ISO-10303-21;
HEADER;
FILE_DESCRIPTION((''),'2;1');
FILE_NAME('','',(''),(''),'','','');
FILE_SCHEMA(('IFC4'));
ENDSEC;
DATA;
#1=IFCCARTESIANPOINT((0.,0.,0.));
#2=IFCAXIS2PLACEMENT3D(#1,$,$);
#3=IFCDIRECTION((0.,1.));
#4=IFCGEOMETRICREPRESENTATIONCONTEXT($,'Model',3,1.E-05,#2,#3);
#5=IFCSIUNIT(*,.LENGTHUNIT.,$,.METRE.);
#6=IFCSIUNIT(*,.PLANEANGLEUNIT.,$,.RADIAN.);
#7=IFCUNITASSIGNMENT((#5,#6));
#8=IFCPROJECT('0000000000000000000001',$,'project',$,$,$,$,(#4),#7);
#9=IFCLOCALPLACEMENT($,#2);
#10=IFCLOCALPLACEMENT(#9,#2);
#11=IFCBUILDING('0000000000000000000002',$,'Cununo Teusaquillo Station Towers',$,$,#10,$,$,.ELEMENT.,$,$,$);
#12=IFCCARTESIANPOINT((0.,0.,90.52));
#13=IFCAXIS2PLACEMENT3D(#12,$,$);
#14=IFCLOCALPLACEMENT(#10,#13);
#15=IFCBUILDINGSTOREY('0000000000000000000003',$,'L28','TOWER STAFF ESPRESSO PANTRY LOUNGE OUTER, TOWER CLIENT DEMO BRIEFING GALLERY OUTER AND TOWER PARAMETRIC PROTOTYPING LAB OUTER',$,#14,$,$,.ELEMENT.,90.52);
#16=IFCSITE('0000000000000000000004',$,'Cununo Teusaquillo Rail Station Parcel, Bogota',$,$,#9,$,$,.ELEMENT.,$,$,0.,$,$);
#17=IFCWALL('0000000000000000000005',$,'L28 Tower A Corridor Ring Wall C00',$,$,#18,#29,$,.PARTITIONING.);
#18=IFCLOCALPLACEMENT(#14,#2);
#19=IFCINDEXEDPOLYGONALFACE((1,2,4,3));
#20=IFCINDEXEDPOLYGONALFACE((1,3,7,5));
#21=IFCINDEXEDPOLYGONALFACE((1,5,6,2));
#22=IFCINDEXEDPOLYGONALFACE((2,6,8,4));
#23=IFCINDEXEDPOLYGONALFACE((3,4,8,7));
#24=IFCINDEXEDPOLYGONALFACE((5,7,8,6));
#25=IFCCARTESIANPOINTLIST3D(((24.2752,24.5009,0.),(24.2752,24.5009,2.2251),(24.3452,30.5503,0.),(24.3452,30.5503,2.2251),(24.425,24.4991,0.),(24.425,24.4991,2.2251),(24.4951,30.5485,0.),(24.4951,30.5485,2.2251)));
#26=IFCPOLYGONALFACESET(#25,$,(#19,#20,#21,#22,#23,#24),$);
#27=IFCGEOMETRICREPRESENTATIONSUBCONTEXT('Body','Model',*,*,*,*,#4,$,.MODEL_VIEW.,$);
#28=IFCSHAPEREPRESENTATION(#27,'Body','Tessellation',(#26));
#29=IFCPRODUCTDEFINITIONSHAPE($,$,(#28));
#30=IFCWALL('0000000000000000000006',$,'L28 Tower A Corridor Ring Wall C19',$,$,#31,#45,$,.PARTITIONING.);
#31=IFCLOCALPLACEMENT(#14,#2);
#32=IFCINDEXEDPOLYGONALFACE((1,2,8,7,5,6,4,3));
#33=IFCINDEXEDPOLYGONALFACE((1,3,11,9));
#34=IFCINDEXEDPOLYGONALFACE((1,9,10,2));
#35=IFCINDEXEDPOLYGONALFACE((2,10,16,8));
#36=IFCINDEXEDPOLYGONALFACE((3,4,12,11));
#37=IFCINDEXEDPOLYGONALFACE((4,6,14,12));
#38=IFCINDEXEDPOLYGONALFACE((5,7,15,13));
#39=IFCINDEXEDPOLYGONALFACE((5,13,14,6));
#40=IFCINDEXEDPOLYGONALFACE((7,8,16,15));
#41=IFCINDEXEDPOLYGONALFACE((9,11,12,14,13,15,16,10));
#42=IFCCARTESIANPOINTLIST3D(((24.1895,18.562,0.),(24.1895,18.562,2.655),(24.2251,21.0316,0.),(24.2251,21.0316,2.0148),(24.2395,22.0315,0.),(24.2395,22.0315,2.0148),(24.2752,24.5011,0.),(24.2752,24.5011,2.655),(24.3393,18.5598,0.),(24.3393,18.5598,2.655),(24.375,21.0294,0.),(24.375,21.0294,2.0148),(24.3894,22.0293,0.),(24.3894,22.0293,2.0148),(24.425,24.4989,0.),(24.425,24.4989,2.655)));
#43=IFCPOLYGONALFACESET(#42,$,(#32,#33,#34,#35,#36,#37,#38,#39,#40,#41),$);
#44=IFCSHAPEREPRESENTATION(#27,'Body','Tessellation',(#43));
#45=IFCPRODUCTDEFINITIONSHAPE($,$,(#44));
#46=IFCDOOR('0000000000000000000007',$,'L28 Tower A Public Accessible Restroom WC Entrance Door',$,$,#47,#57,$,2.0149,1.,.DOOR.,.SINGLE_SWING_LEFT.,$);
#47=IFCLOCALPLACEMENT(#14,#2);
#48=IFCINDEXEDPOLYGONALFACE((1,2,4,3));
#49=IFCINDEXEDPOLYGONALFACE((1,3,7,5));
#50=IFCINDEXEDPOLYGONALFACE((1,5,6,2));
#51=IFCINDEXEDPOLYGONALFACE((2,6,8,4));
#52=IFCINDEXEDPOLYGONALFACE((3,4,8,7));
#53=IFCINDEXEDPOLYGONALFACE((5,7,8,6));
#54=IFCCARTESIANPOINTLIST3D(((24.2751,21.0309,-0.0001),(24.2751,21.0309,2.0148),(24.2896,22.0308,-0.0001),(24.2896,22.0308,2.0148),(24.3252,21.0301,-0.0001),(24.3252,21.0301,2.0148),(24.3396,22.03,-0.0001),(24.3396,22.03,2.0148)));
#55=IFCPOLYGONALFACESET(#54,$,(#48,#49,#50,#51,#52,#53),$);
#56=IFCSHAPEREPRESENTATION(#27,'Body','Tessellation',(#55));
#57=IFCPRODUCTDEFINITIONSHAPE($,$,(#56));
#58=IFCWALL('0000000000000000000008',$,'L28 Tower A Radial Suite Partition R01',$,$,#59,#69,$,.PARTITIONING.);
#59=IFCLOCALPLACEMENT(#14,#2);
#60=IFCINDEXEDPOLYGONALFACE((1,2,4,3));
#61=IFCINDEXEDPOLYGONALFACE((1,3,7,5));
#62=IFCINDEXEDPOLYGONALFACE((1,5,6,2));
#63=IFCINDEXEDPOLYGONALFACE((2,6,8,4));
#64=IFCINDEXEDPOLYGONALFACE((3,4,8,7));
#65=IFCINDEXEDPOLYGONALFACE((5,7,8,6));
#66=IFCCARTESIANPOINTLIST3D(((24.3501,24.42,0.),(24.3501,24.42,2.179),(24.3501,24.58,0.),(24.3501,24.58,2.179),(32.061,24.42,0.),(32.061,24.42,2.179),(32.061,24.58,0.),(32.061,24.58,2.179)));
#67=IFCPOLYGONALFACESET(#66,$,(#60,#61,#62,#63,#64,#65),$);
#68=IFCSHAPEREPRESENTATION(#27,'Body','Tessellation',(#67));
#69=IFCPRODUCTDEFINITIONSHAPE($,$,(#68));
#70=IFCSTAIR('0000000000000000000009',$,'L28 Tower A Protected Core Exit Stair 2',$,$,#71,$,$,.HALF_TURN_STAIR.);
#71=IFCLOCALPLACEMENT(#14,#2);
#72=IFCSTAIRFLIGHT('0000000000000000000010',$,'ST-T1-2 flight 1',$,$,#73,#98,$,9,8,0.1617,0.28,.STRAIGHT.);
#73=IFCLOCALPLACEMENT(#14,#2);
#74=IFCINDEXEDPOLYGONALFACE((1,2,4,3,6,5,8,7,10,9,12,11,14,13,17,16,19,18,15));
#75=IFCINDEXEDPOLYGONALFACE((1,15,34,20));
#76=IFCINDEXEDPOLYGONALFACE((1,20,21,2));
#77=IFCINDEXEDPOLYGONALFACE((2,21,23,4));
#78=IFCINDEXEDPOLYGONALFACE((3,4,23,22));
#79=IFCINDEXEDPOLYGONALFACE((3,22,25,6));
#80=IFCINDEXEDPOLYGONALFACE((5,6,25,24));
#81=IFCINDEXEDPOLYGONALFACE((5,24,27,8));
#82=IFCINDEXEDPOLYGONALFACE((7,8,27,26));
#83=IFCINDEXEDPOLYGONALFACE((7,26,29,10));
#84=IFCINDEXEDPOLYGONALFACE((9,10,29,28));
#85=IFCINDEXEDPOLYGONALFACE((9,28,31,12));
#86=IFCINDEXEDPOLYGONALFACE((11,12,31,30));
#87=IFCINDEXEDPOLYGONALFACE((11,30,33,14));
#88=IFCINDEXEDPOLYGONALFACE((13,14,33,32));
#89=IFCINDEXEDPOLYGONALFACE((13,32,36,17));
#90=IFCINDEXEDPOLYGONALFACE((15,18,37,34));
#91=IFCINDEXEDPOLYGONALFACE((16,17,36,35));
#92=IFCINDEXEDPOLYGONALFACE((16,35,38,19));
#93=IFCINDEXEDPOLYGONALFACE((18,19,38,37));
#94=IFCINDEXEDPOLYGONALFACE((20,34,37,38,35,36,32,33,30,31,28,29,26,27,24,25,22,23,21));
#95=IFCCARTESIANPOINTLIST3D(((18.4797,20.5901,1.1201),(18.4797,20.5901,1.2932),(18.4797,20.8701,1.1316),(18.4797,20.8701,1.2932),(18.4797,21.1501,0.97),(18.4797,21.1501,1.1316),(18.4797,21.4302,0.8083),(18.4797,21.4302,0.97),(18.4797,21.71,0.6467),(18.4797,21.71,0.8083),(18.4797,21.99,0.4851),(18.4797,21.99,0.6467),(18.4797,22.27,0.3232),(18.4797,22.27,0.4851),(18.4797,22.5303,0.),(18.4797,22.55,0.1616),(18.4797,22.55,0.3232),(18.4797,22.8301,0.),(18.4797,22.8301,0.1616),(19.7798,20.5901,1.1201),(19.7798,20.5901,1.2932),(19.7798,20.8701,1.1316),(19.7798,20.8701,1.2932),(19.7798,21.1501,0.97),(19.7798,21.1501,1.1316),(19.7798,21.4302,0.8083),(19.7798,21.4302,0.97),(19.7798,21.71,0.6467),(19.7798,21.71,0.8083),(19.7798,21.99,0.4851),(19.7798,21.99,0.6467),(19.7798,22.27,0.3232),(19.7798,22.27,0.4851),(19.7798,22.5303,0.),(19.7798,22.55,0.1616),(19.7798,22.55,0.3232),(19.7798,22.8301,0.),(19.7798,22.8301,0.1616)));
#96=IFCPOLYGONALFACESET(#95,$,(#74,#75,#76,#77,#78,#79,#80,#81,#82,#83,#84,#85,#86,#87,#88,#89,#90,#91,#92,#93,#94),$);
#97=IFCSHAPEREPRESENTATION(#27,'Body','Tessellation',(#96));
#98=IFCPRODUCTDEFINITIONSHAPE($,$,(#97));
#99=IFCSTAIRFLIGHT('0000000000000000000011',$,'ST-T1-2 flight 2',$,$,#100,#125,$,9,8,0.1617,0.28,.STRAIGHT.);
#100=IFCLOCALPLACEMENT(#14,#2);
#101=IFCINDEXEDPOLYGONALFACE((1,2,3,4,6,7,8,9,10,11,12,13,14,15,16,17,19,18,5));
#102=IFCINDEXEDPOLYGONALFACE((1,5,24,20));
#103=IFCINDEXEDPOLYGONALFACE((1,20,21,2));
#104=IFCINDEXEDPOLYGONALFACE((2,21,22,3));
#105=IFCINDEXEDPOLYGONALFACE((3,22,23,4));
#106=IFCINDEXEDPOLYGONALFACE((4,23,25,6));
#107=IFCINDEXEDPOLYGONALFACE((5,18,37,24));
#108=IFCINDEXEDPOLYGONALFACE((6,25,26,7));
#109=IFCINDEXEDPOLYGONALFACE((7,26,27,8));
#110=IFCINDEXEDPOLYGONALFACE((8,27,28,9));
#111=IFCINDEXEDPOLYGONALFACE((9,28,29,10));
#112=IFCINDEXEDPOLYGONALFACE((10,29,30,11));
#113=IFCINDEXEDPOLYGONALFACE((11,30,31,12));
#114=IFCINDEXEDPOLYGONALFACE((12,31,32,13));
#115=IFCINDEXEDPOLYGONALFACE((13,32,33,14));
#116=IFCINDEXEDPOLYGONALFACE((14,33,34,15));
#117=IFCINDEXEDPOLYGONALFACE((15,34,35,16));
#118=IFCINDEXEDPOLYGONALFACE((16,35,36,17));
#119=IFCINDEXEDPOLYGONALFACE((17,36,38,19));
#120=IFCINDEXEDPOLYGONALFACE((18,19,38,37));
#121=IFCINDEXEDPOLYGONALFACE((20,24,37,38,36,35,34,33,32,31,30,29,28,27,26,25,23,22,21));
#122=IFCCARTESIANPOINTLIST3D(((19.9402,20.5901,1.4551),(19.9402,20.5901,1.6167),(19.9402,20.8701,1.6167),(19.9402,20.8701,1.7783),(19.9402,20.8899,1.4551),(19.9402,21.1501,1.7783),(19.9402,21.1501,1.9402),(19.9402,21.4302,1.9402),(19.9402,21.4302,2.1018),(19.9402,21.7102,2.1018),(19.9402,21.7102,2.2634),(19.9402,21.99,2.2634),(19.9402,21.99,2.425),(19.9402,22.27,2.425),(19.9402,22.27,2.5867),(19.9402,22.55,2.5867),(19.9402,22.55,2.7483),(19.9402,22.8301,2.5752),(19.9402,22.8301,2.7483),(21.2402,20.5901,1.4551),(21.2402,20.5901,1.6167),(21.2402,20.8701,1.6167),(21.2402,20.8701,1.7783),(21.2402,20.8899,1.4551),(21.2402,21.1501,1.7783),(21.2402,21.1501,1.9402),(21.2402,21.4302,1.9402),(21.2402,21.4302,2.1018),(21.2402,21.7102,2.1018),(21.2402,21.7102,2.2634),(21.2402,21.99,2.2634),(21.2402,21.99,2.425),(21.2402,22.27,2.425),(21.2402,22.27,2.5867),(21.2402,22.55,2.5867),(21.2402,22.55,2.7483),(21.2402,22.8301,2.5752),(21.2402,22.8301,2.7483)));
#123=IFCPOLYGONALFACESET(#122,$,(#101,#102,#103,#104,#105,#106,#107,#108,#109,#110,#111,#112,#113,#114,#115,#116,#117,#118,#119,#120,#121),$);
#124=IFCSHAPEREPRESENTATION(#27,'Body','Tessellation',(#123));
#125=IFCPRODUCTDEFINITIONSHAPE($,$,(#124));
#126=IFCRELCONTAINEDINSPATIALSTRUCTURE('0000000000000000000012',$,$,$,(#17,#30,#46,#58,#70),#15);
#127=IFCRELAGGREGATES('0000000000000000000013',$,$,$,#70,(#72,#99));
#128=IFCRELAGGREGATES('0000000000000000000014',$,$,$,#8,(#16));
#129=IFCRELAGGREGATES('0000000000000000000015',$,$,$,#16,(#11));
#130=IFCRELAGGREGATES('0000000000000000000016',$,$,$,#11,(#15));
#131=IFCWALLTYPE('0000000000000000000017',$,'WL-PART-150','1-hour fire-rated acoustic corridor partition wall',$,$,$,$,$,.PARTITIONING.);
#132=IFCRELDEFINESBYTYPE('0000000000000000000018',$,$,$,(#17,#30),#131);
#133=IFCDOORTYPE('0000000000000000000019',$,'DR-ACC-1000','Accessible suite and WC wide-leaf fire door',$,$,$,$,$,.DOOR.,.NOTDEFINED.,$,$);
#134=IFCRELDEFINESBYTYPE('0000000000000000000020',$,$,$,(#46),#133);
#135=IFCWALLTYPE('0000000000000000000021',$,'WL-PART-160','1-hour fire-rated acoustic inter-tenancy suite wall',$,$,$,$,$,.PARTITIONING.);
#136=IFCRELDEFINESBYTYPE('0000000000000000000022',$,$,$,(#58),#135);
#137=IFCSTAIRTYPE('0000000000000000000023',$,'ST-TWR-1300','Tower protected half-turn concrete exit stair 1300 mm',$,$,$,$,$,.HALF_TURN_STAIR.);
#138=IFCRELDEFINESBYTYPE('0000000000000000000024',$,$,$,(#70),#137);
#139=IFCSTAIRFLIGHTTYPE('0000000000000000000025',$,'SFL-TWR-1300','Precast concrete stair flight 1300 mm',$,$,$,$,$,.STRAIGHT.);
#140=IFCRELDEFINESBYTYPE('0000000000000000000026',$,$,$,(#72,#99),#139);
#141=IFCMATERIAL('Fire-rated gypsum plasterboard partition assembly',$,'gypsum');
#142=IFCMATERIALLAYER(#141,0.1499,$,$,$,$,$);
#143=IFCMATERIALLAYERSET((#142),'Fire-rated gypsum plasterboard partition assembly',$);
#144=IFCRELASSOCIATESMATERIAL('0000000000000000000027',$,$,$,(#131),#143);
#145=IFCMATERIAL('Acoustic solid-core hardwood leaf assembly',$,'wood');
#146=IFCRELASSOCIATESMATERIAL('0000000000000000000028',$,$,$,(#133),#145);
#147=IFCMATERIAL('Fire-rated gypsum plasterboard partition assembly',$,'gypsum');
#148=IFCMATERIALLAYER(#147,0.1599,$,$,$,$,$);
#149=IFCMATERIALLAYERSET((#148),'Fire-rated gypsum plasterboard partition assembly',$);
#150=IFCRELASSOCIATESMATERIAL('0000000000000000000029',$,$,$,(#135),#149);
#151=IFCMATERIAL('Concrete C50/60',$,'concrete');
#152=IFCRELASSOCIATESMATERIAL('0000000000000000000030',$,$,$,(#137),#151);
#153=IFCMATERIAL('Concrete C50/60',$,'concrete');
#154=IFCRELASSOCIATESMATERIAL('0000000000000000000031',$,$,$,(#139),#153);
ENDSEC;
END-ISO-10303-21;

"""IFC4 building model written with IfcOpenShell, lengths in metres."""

from ifc_helpers import new_model, si_unit, direction, frame, frame_2d, origin, place, context, subcontext, project, spatial, polyline, rectangle, outline, extrude, source, transform, mapped, material, layer, layer_set, type_object, element, fill, aggregate, save


model = new_model("IFC4")

# Units and contexts
model_context = context("Model", 3, precision=1e-05, world=origin(), true_north=direction((0.0, 1.0)))
body_context = subcontext(model_context, "Body", "Model", "MODEL_VIEW")
ifc_project = project(units=[si_unit("LENGTHUNIT", "METRE"), si_unit("PLANEANGLEUNIT", "RADIAN")], contexts=[model_context])

# Site, building, storey
site_placement = place(None, origin())
site = spatial("IfcSite", under=ifc_project, at=site_placement, Name="Cununo Teusaquillo Rail Station Parcel, Bogota", CompositionType="ELEMENT", RefElevation=0.0)
building_placement = place(site_placement, origin())
building = spatial("IfcBuilding", under=site, at=building_placement, Name="Cununo Teusaquillo Station Towers", CompositionType="ELEMENT")
storey_placement = place(building_placement, frame((0.0, 0.0, 90.52)))
storey = spatial("IfcBuildingStorey", under=building, at=storey_placement, Name="L28", Description="TOWER STAFF ESPRESSO PANTRY LOUNGE OUTER, TOWER CLIENT DEMO BRIEFING GALLERY OUTER AND TOWER PARAMETRIC PROTOTYPING LAB OUTER", CompositionType="ELEMENT", Elevation=90.52)

# Wall
ifc_material_1 = material(Name="Fire-rated gypsum plasterboard partition assembly", Category="gypsum")
ifc_layer_1 = layer(ifc_material_1, 0.1499)
ifc_layer_set_1 = layer_set([ifc_layer_1], Name="Fire-rated gypsum plasterboard partition assembly")
wall_type_1 = type_object("IfcWallType", Name="WL-PART-150", Description="1-hour fire-rated acoustic corridor partition wall", PredefinedType="PARTITIONING", material=ifc_layer_set_1)
wall_1_placement = place(storey_placement, frame((24.3501, 24.5, 0.0), z_axis=(0.0, 0.0, 1.0), x_axis=(0.011582, 0.999933, 0.0)))
element("IfcWall", 1, at=wall_1_placement, inside=storey, type_object=wall_type_1, Name="L28 Tower A Corridor Ring Wall C00", PredefinedType="PARTITIONING", context=body_context, shape_type="SweptSolid", body=[
    extrude(rectangle(XDim=6.0498, YDim=0.1499, at=frame_2d((3.0249, 0.0))), origin(), (0.0, 0.0, 1.0), 2.2251),
])

# Wall, opening, door
wall_2_placement = place(storey_placement, frame((24.2644, 18.561, 0.0), z_axis=(0.0, 0.0, 1.0), x_axis=(0.014428, 0.999896, 0.0)))
wall_2 = element("IfcWall", 2, at=wall_2_placement, inside=storey, type_object=wall_type_1, Name="L28 Tower A Corridor Ring Wall C19", PredefinedType="PARTITIONING", context=body_context, shape_type="SweptSolid", body=[
    extrude(rectangle(XDim=5.9397, YDim=0.1499, at=frame_2d((2.9697, 0.0))), origin(), (0.0, 0.0, 1.0), 2.655),
])
shared_shape_1 = source(origin(), body_context, "Body", "SweptSolid", [
    extrude(rectangle(XDim=1.0, YDim=2.0149, at=frame_2d((0.5, 1.0073))), frame((0.0, 0.085, 0.0), z_axis=(0.0, -1.0, 0.0), x_axis=(1.0, 0.0, 0.0)), (0.0, 0.0, 1.0), 0.1699),
])
opening_1_placement = place(wall_2_placement, frame((2.4697, 0.0, 0.0)))
opening_1 = element("IfcOpeningElement", 3, at=opening_1_placement, cuts=wall_2, PredefinedType="OPENING", context=body_context, shape_type="MappedRepresentation", body=[
    mapped(shared_shape_1, transform((0.0, 0.0, 0.0), x_axis=(1.0, 0.0, 0.0), y_axis=(0.0, 1.0, 0.0), z_axis=(0.0, 0.0, 1.0), scale=1.0)),
])
ifc_material_2 = material(Name="Acoustic solid-core hardwood leaf assembly", Category="wood")
door_type_1 = type_object("IfcDoorType", Name="DR-ACC-1000", Description="Accessible suite and WC wide-leaf fire door", OperationType="NOTDEFINED", PredefinedType="DOOR", material=ifc_material_2)
shared_shape_2 = source(origin(), body_context, "Body", "SweptSolid", [
    extrude(rectangle(XDim=1.0, YDim=2.0149, at=frame_2d((0.5, 1.0073))), frame((0.0, 0.0249, 0.0), z_axis=(0.0, -1.0, 0.0), x_axis=(1.0, 0.0, 0.0)), (0.0, 0.0, 1.0), 0.05),
])
door_1_placement = place(opening_1_placement, origin())
door_1 = element("IfcDoor", 4, at=door_1_placement, inside=storey, type_object=door_type_1, Name="L28 Tower A Public Accessible Restroom WC Entrance Door", OperationType="SINGLE_SWING_LEFT", OverallHeight=2.0149, OverallWidth=1.0, PredefinedType="DOOR", context=body_context, shape_type="MappedRepresentation", body=[
    mapped(shared_shape_2, transform((0.0, 0.0, 0.0), x_axis=(1.0, 0.0, 0.0), y_axis=(0.0, 1.0, 0.0), z_axis=(0.0, 0.0, 1.0), scale=1.0)),
])
fill(opening_1, door_1)

# Wall
ifc_material_3 = material(Name="Fire-rated gypsum plasterboard partition assembly", Category="gypsum")
ifc_layer_2 = layer(ifc_material_3, 0.1599)
ifc_layer_set_2 = layer_set([ifc_layer_2], Name="Fire-rated gypsum plasterboard partition assembly")
wall_type_2 = type_object("IfcWallType", Name="WL-PART-160", Description="1-hour fire-rated acoustic inter-tenancy suite wall", PredefinedType="PARTITIONING", material=ifc_layer_set_2)
wall_3_placement = place(storey_placement, frame((24.3501, 24.5, 0.0), z_axis=(0.0, 0.0, 1.0), x_axis=(1.0, 0.0, 0.0)))
element("IfcWall", 5, at=wall_3_placement, inside=storey, type_object=wall_type_2, Name="L28 Tower A Radial Suite Partition R01", PredefinedType="PARTITIONING", context=body_context, shape_type="SweptSolid", body=[
    extrude(rectangle(XDim=7.7109, YDim=0.1599, at=frame_2d((3.8555, 0.0))), origin(), (0.0, 0.0, 1.0), 2.179),
])

# Stair, stair flights
ifc_material_4 = material(Name="Concrete C50/60", Category="concrete")
stair_type = type_object("IfcStairType", Name="ST-TWR-1300", Description="Tower protected half-turn concrete exit stair 1300 mm", PredefinedType="HALF_TURN_STAIR", material=ifc_material_4)
stair_placement = place(storey_placement, origin())
stair = element("IfcStair", 6, at=stair_placement, inside=storey, type_object=stair_type, Name="L28 Tower A Protected Core Exit Stair 2", PredefinedType="HALF_TURN_STAIR")
ifc_material_5 = material(Name="Concrete C50/60", Category="concrete")
stair_flight_type = type_object("IfcStairFlightType", Name="SFL-TWR-1300", Description="Precast concrete stair flight 1300 mm", PredefinedType="STRAIGHT", material=ifc_material_5)
stair_flight_1_placement = place(storey_placement, frame((19.1299, 22.8301, 0.0), z_axis=(0.0, 0.0, 1.0), x_axis=(0.0, -1.0, 0.0)))
stair_flight_1 = element("IfcStairFlight", 7, at=stair_flight_1_placement, type_object=stair_flight_type, Name="ST-T1-2 flight 1", NumberOfRisers=9, NumberOfTreads=8, PredefinedType="STRAIGHT", RiserHeight=0.1617, TreadLength=0.28, context=body_context, shape_type="SweptSolid", body=[
    extrude(outline(polyline([(0.0, 0.0), (0.0, 0.1616), (0.28, 0.1616), (0.28, 0.3232), (0.5601, 0.3232), (0.5601, 0.4851), (0.8401, 0.4851), (0.8401, 0.6467), (1.1201, 0.6467), (1.1201, 0.8083), (1.3999, 0.8083), (1.3999, 0.97), (1.6799, 0.97), (1.6799, 1.1316), (1.96, 1.1316), (1.96, 1.2932), (2.24, 1.2932), (2.24, 1.4551), (2.24, 1.1201), (0.2998, 0.0), (0.0, 0.0)])), frame((0.0, 0.6499, 0.0), z_axis=(0.0, -1.0, 0.0), x_axis=(1.0, 0.0, 0.0)), (0.0, 0.0, 1.0), 1.3),
])
stair_flight_2_placement = place(storey_placement, frame((20.5901, 20.5901, 1.4551), z_axis=(0.0, 0.0, 1.0), x_axis=(0.0, 1.0, 0.0)))
stair_flight_2 = element("IfcStairFlight", 8, at=stair_flight_2_placement, type_object=stair_flight_type, Name="ST-T1-2 flight 2", NumberOfRisers=9, NumberOfTreads=8, PredefinedType="STRAIGHT", RiserHeight=0.1617, TreadLength=0.28, context=body_context, shape_type="SweptSolid", body=[
    extrude(outline(polyline([(0.0, 0.0), (0.0, 0.1616), (0.28, 0.1616), (0.28, 0.3232), (0.5601, 0.3232), (0.5601, 0.4851), (0.8401, 0.4851), (0.8401, 0.6467), (1.1201, 0.6467), (1.1201, 0.8083), (1.3999, 0.8083), (1.3999, 0.97), (1.6799, 0.97), (1.6799, 1.1316), (1.96, 1.1316), (1.96, 1.2932), (2.24, 1.2932), (2.24, 1.4551), (2.24, 1.1201), (0.2998, 0.0), (0.0, 0.0)])), frame((0.0, 0.6499, 0.0), z_axis=(0.0, -1.0, 0.0), x_axis=(1.0, 0.0, 0.0)), (0.0, 0.0, 1.0), 1.3),
])
aggregate(stair, [stair_flight_1, stair_flight_2])

save(model, "model.ifc")
